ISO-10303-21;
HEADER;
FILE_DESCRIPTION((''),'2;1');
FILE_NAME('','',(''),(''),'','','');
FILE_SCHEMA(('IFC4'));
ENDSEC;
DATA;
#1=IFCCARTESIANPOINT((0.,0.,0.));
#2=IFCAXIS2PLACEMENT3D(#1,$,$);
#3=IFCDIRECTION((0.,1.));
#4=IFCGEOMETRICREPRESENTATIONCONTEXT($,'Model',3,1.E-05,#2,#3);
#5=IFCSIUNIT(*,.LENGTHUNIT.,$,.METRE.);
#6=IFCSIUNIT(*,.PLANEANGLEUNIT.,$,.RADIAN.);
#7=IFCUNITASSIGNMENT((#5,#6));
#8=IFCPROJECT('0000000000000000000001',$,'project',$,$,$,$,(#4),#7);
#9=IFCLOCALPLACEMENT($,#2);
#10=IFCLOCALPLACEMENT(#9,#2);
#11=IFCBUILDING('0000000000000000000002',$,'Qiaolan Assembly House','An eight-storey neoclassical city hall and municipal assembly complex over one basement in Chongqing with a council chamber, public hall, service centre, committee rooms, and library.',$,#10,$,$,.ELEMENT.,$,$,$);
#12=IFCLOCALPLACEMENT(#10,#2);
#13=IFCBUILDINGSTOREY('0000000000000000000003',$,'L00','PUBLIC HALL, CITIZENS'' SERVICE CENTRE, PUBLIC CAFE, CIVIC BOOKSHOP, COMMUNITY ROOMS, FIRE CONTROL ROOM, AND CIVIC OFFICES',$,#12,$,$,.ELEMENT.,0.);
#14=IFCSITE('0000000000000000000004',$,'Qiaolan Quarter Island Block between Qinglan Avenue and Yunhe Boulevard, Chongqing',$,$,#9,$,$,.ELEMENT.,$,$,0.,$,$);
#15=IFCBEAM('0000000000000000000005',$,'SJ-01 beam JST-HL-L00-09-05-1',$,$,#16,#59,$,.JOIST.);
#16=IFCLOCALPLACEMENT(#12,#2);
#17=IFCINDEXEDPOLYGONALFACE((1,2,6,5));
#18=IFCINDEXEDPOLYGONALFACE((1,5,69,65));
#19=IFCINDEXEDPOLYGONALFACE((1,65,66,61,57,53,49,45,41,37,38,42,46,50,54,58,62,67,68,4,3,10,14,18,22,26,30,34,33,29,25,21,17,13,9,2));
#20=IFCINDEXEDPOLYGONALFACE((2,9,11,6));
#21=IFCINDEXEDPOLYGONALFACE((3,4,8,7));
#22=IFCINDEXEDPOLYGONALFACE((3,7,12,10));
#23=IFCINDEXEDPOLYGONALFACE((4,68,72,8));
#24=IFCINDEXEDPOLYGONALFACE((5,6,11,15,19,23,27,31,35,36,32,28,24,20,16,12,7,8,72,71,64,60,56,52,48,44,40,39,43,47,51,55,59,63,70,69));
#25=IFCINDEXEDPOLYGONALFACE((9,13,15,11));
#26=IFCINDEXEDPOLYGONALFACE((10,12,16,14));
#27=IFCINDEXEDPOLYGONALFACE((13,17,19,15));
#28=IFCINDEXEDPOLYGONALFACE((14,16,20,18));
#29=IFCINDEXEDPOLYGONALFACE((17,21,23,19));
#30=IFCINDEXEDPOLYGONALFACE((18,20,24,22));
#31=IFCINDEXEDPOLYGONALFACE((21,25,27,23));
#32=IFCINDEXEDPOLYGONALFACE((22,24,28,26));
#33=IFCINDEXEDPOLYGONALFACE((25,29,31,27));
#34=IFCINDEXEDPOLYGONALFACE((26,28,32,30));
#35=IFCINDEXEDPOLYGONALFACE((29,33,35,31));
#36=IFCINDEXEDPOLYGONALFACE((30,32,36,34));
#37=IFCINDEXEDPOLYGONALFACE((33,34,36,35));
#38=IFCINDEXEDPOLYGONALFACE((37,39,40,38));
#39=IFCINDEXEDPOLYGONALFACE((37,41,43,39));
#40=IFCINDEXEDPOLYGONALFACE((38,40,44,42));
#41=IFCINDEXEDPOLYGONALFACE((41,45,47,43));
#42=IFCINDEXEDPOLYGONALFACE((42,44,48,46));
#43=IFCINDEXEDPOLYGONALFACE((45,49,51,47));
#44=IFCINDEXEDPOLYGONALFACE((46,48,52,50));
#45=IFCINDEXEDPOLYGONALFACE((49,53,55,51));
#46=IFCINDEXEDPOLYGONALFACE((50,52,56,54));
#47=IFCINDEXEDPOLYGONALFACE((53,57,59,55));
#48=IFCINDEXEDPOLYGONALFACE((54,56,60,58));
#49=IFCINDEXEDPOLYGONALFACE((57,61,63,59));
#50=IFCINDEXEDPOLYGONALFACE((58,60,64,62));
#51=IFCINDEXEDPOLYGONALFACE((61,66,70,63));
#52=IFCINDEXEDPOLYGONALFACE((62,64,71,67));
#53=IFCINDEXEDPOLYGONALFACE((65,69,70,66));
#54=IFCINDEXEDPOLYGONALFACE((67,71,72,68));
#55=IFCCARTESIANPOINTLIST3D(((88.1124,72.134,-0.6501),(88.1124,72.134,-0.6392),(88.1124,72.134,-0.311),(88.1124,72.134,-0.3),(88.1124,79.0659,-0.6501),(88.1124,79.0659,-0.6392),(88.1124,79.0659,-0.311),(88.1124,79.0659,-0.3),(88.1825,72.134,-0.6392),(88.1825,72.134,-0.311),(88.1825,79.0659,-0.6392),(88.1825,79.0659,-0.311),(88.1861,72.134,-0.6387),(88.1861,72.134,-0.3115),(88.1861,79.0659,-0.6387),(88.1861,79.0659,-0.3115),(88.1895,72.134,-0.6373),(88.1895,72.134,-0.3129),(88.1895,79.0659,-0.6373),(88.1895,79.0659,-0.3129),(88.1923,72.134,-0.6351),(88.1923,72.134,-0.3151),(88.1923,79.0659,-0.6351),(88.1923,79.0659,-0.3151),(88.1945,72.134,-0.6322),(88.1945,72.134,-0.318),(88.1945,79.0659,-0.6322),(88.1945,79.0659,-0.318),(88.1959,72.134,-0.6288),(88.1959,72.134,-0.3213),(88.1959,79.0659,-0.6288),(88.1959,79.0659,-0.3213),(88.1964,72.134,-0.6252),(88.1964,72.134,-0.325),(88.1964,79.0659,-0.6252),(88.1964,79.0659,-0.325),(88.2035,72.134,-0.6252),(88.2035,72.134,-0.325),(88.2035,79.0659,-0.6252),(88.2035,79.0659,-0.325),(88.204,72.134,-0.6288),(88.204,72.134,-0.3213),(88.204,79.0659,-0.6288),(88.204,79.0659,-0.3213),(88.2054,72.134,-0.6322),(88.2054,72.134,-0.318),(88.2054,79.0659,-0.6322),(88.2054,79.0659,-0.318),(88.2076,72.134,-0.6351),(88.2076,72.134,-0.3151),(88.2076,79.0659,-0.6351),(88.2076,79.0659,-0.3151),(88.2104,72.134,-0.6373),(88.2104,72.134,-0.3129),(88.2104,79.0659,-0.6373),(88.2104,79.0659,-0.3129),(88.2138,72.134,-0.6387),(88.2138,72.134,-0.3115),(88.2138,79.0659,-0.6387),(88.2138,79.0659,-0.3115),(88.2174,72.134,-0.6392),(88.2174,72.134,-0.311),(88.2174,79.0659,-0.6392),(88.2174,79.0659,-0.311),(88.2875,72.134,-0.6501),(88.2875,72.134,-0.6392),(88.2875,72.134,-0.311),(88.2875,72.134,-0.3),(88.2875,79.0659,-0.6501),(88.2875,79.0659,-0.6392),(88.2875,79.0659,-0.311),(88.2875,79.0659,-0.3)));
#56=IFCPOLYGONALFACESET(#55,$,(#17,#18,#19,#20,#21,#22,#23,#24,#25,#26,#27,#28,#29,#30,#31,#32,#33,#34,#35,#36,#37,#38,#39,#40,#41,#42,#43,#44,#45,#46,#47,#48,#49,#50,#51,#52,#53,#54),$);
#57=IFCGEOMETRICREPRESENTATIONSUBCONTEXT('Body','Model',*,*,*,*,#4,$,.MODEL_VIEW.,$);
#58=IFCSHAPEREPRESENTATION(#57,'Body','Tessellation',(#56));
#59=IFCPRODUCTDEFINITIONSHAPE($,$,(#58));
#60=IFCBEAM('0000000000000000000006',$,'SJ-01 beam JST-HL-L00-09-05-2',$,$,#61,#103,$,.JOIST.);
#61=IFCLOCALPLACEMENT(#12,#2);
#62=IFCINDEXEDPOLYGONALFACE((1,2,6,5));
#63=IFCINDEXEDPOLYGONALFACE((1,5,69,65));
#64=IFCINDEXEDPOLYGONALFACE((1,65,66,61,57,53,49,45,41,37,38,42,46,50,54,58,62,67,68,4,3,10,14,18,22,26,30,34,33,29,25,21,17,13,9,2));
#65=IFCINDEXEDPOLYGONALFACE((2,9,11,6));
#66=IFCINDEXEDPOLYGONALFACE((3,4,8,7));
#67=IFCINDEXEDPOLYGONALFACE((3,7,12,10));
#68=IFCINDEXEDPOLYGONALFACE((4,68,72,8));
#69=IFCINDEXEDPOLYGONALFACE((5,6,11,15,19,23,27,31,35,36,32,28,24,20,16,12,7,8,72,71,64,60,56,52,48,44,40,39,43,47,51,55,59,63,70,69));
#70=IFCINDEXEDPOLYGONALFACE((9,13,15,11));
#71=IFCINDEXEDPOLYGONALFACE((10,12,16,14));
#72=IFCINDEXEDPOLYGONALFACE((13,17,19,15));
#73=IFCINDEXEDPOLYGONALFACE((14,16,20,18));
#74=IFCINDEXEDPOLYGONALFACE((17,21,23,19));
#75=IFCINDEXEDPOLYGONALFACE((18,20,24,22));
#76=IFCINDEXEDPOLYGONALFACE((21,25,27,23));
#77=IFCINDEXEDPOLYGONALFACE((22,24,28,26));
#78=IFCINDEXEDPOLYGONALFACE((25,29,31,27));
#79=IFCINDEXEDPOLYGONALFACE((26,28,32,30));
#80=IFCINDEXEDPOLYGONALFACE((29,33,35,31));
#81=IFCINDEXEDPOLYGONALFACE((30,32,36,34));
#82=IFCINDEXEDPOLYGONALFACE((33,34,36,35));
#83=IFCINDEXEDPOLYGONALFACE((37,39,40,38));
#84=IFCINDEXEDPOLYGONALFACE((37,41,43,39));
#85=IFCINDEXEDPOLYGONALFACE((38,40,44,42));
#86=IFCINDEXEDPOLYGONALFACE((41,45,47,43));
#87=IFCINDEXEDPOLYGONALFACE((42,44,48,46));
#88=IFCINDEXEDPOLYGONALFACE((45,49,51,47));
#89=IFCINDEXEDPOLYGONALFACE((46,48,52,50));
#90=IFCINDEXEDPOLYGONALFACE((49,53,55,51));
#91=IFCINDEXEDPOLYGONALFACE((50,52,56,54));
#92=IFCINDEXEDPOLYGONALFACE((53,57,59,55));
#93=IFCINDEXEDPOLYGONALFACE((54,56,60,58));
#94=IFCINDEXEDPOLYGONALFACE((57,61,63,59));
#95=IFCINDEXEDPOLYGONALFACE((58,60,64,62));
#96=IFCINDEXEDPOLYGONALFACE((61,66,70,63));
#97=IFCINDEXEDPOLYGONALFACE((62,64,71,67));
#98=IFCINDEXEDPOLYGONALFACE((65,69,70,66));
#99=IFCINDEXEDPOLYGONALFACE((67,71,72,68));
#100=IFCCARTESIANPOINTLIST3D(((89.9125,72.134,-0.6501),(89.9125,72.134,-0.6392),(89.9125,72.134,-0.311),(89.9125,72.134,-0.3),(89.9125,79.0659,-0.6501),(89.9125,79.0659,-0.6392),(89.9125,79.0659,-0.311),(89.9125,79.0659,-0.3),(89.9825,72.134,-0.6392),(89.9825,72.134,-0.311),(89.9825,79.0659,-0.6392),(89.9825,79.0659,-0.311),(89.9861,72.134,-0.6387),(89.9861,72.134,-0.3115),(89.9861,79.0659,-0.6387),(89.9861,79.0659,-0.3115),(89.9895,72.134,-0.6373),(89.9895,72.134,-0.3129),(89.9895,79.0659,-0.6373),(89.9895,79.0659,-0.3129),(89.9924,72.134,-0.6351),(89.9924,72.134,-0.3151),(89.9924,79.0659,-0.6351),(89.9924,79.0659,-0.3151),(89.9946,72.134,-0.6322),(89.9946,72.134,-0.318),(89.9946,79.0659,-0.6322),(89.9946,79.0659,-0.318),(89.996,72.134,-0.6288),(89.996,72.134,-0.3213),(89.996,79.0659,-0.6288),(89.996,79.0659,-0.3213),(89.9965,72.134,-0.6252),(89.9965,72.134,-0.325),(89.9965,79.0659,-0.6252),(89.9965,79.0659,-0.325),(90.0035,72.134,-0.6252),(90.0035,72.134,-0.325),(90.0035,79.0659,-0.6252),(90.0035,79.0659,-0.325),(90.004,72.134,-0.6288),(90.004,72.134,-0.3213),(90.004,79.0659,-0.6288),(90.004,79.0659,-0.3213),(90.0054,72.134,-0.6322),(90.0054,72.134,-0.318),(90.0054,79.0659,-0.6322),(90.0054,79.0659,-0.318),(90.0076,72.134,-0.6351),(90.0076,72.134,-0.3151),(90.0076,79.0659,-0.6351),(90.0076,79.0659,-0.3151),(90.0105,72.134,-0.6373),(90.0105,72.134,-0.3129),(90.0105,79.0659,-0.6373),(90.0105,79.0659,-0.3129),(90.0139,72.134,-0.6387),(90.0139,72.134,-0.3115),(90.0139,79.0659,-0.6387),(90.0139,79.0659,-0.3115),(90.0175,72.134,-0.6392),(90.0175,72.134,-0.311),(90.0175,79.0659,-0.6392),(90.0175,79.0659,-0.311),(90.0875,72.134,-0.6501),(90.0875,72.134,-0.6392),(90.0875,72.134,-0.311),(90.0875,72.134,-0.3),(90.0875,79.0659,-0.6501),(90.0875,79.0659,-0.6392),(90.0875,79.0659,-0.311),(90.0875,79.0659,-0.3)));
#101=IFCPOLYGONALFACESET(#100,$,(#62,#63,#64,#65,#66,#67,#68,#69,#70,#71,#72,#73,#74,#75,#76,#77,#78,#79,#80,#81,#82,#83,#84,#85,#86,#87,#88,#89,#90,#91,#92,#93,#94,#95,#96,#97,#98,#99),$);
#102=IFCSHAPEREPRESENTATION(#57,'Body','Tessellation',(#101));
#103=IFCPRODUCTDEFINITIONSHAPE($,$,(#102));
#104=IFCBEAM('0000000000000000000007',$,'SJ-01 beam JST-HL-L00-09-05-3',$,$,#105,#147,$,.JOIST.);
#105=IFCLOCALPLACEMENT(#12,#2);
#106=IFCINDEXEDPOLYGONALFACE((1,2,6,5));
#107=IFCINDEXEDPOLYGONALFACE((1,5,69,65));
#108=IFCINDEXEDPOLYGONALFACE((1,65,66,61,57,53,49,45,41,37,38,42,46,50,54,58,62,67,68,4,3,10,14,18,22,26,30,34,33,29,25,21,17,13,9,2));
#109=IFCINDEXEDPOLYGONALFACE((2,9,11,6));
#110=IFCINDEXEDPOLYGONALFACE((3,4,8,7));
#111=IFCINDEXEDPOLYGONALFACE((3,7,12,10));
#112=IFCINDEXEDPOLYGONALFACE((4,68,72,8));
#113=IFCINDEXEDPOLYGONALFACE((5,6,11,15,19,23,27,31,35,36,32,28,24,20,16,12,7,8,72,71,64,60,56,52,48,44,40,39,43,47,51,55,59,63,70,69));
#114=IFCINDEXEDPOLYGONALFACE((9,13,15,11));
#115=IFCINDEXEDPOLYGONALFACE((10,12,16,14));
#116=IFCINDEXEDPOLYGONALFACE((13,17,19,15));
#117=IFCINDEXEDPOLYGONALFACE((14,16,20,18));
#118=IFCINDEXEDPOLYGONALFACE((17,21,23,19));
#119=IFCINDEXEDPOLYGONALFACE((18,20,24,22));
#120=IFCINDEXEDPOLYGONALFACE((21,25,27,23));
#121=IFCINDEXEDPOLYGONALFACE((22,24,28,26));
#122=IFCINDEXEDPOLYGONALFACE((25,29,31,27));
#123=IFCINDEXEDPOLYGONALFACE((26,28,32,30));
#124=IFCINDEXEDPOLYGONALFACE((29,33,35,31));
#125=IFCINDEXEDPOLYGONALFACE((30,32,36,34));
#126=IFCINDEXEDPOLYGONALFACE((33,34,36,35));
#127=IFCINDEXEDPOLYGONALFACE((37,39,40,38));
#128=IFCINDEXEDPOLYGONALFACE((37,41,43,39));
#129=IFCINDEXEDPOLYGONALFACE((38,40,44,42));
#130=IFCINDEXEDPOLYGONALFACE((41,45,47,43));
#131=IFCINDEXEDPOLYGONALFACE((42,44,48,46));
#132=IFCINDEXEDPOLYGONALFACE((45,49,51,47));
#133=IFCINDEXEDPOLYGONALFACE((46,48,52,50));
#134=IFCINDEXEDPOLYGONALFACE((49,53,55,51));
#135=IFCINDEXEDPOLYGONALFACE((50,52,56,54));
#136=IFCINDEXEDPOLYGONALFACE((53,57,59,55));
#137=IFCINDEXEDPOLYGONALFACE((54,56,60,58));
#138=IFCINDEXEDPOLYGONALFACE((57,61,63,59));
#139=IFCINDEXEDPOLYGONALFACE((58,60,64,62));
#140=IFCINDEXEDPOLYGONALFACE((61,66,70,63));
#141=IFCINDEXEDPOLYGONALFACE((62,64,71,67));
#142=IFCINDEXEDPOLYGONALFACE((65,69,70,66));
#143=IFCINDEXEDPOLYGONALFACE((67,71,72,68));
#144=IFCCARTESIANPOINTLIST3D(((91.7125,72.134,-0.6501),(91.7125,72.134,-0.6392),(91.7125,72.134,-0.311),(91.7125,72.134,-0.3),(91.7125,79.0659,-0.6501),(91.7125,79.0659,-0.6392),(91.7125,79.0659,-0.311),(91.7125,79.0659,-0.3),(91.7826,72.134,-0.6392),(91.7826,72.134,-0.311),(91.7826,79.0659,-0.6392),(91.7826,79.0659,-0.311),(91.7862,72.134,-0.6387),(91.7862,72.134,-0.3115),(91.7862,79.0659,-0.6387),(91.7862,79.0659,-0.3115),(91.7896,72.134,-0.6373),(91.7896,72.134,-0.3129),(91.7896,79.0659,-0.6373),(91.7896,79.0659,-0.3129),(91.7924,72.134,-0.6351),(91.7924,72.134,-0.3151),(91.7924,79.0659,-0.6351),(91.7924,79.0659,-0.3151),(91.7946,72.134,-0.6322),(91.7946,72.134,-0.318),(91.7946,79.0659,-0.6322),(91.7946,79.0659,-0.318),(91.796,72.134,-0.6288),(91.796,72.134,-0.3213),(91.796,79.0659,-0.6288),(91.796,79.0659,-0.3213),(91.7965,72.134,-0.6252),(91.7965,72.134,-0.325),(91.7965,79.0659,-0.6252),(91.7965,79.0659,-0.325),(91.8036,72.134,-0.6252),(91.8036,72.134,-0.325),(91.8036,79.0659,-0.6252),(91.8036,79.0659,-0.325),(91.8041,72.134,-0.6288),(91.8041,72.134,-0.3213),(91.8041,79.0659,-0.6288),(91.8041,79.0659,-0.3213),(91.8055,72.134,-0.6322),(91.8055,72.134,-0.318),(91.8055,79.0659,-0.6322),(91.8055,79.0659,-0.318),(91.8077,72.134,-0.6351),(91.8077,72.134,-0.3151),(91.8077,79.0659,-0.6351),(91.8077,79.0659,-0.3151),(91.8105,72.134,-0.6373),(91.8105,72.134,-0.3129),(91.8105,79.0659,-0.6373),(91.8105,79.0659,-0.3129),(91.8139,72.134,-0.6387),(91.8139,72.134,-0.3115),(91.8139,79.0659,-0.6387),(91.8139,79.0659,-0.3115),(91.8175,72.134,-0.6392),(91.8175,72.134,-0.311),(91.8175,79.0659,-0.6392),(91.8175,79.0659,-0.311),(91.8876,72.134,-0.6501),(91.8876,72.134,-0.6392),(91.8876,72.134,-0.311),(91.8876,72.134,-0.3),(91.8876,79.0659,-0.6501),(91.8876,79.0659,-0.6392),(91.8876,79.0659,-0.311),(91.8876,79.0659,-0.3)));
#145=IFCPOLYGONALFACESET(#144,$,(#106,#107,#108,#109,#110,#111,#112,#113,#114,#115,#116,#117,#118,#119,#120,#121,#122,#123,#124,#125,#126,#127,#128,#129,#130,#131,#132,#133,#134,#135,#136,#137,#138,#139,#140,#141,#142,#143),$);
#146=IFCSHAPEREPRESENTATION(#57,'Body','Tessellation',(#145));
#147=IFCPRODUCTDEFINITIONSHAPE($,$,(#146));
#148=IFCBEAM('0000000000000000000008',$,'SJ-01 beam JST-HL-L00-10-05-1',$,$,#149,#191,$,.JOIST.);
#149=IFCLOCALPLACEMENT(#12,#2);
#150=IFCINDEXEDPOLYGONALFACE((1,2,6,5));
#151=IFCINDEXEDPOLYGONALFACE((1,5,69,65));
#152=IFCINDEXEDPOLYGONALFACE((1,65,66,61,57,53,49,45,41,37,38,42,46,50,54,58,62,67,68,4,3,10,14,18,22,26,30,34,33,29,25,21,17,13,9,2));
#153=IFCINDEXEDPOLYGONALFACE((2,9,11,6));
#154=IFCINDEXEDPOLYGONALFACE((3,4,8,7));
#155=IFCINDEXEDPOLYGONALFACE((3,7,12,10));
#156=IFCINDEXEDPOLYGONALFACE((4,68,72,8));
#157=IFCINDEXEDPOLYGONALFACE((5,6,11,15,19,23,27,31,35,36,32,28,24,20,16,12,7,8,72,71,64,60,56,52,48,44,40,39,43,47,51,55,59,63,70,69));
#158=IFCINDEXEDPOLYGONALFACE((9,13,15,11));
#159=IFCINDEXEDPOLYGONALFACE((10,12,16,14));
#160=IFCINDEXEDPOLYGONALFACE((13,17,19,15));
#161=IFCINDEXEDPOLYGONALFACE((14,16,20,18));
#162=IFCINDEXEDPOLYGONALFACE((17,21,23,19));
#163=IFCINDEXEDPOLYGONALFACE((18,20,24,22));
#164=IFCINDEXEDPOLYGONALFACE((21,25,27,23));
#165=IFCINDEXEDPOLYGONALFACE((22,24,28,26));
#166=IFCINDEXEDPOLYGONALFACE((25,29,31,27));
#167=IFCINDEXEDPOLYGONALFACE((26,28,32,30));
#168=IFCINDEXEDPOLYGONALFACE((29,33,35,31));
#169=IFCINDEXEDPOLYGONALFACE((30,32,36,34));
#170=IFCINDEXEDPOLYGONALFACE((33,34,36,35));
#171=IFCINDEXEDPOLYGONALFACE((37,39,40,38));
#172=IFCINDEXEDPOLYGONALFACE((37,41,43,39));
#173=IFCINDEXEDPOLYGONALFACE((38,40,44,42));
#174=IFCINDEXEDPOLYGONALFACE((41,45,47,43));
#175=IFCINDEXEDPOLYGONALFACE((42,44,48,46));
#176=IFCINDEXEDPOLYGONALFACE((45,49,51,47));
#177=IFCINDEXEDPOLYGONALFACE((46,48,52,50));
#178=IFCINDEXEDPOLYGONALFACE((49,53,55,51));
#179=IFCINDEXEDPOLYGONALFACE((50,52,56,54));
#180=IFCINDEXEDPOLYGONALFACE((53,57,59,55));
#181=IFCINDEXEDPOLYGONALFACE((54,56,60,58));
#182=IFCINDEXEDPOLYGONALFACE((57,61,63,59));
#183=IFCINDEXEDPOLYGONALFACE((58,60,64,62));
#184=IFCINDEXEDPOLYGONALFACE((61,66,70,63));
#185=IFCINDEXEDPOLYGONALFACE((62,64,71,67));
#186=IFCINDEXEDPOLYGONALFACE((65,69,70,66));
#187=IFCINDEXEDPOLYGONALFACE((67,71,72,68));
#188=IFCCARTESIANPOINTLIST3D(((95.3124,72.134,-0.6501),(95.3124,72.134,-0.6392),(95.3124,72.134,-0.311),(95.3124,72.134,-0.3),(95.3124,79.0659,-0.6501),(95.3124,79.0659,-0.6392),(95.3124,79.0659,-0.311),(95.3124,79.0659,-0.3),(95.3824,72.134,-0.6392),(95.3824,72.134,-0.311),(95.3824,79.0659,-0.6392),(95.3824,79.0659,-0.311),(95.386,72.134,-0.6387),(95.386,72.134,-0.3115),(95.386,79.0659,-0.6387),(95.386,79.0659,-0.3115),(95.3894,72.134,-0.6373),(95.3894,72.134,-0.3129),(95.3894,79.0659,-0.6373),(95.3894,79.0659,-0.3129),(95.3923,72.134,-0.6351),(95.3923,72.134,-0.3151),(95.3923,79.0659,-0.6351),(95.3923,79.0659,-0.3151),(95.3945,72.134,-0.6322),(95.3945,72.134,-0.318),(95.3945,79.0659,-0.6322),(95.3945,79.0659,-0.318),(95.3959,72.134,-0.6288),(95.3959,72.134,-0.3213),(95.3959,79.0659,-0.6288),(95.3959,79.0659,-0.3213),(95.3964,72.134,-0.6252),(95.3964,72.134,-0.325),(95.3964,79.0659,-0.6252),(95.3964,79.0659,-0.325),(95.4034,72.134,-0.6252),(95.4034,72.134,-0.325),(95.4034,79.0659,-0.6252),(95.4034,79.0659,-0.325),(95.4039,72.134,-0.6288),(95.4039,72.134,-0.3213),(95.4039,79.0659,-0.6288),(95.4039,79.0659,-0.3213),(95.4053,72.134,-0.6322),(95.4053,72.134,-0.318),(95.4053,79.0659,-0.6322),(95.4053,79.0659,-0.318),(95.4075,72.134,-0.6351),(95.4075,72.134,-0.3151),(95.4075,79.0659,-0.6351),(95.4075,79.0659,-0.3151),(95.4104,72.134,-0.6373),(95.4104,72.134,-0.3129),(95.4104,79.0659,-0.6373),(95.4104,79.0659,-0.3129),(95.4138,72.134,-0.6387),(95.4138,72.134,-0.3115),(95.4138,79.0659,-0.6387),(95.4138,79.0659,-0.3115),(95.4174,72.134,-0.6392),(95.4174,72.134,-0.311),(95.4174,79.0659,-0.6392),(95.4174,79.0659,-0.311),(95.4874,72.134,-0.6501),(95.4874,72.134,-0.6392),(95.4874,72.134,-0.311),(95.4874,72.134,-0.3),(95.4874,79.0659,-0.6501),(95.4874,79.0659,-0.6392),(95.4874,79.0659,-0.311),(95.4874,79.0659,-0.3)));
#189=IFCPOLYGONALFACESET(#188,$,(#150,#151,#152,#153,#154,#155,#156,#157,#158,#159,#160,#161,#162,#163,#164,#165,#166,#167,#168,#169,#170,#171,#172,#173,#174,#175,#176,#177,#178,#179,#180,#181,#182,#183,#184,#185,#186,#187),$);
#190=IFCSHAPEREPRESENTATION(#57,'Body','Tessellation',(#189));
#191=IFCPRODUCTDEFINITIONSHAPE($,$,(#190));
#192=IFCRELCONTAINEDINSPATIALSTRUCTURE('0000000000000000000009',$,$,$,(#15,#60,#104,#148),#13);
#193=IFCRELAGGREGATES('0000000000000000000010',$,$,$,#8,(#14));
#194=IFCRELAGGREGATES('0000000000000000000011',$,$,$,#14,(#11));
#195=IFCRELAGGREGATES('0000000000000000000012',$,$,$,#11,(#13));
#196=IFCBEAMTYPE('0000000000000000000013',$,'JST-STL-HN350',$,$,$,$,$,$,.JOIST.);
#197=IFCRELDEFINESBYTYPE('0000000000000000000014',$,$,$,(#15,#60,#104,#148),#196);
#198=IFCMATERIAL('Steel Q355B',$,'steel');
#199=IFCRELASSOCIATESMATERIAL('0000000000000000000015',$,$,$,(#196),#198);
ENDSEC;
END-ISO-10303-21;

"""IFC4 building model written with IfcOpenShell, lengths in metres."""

from ifc_helpers import new_model, si_unit, direction, frame, origin, origin_2d, place, context, subcontext, project, spatial, i_section, extrude, material, material_profile, profile_set, type_object, element, save


model = new_model("IFC4")

# Units and contexts
model_context = context("Model", 3, precision=1e-05, world=origin(), true_north=direction((0.0, 1.0)))
body_context = subcontext(model_context, "Body", "Model", "MODEL_VIEW")
ifc_project = project(units=[si_unit("LENGTHUNIT", "METRE"), si_unit("PLANEANGLEUNIT", "RADIAN")], contexts=[model_context])

# Site, building, storey
site_placement = place(None, origin())
site = spatial("IfcSite", under=ifc_project, at=site_placement, Name="Qiaolan Quarter Island Block between Qinglan Avenue and Yunhe Boulevard, Chongqing", CompositionType="ELEMENT", RefElevation=0.0)
building_placement = place(site_placement, origin())
building = spatial("IfcBuilding", under=site, at=building_placement, Name="Qiaolan Assembly House", Description="An eight-storey neoclassical city hall and municipal assembly complex over one basement in Chongqing with a council chamber, public hall, service centre, committee rooms, and library.", CompositionType="ELEMENT")
storey_placement = place(building_placement, origin())
storey = spatial("IfcBuildingStorey", under=building, at=storey_placement, Name="L00", Description="PUBLIC HALL, CITIZENS' SERVICE CENTRE, PUBLIC CAFE, CIVIC BOOKSHOP, COMMUNITY ROOMS, FIRE CONTROL ROOM, AND CIVIC OFFICES", CompositionType="ELEMENT", Elevation=0.0)

# Shared definitions
ifc_material_1 = material(Name="Steel Q355B", Category="steel")

# Beams
ifc_material_profile_1 = material_profile(ifc_material_1, i_section(OverallWidth=0.175, OverallDepth=0.3501, WebThickness=0.0071, FlangeThickness=0.011, FilletRadius=0.0139, at=origin_2d()), Name="HN 350x175x7x11")
ifc_profile_set_1 = profile_set([ifc_material_profile_1], Name="Steel Q355B")
beam_type_1 = type_object("IfcBeamType", Name="JST-STL-HN350", PredefinedType="JOIST", material=ifc_profile_set_1)
for number, where, z_axis, x_axis, name in (
    (1, (88.2, 72.134, -0.4751), (0.0, 1.0, 0.0), (-1.0, 0.0, 0.0), "SJ-01 beam JST-HL-L00-09-05-1"),
    (2, (90.0, 72.134, -0.4751), (0.0, 1.0, 0.0), (-1.0, 0.0, 0.0), "SJ-01 beam JST-HL-L00-09-05-2"),
    (3, (91.8, 72.134, -0.4751), (0.0, 1.0, 0.0), (-1.0, 0.0, 0.0), "SJ-01 beam JST-HL-L00-09-05-3"),
    (4, (95.3999, 72.134, -0.4751), (0.0, 1.0, 0.0), (-1.0, 0.0, 0.0), "SJ-01 beam JST-HL-L00-10-05-1"),
):
    element("IfcBeam", number, at=place(storey_placement, frame(where, z_axis=z_axis, x_axis=x_axis)), inside=storey, type_object=beam_type_1, Name=name, PredefinedType="JOIST", context=body_context, shape_type="SweptSolid", body=[
        extrude(i_section(OverallWidth=0.175, OverallDepth=0.3501, WebThickness=0.0071, FlangeThickness=0.011, FilletRadius=0.0139, at=origin_2d()), origin(), (0.0, 0.0, 1.0), 6.9319),
    ])

save(model, "model.ifc")
